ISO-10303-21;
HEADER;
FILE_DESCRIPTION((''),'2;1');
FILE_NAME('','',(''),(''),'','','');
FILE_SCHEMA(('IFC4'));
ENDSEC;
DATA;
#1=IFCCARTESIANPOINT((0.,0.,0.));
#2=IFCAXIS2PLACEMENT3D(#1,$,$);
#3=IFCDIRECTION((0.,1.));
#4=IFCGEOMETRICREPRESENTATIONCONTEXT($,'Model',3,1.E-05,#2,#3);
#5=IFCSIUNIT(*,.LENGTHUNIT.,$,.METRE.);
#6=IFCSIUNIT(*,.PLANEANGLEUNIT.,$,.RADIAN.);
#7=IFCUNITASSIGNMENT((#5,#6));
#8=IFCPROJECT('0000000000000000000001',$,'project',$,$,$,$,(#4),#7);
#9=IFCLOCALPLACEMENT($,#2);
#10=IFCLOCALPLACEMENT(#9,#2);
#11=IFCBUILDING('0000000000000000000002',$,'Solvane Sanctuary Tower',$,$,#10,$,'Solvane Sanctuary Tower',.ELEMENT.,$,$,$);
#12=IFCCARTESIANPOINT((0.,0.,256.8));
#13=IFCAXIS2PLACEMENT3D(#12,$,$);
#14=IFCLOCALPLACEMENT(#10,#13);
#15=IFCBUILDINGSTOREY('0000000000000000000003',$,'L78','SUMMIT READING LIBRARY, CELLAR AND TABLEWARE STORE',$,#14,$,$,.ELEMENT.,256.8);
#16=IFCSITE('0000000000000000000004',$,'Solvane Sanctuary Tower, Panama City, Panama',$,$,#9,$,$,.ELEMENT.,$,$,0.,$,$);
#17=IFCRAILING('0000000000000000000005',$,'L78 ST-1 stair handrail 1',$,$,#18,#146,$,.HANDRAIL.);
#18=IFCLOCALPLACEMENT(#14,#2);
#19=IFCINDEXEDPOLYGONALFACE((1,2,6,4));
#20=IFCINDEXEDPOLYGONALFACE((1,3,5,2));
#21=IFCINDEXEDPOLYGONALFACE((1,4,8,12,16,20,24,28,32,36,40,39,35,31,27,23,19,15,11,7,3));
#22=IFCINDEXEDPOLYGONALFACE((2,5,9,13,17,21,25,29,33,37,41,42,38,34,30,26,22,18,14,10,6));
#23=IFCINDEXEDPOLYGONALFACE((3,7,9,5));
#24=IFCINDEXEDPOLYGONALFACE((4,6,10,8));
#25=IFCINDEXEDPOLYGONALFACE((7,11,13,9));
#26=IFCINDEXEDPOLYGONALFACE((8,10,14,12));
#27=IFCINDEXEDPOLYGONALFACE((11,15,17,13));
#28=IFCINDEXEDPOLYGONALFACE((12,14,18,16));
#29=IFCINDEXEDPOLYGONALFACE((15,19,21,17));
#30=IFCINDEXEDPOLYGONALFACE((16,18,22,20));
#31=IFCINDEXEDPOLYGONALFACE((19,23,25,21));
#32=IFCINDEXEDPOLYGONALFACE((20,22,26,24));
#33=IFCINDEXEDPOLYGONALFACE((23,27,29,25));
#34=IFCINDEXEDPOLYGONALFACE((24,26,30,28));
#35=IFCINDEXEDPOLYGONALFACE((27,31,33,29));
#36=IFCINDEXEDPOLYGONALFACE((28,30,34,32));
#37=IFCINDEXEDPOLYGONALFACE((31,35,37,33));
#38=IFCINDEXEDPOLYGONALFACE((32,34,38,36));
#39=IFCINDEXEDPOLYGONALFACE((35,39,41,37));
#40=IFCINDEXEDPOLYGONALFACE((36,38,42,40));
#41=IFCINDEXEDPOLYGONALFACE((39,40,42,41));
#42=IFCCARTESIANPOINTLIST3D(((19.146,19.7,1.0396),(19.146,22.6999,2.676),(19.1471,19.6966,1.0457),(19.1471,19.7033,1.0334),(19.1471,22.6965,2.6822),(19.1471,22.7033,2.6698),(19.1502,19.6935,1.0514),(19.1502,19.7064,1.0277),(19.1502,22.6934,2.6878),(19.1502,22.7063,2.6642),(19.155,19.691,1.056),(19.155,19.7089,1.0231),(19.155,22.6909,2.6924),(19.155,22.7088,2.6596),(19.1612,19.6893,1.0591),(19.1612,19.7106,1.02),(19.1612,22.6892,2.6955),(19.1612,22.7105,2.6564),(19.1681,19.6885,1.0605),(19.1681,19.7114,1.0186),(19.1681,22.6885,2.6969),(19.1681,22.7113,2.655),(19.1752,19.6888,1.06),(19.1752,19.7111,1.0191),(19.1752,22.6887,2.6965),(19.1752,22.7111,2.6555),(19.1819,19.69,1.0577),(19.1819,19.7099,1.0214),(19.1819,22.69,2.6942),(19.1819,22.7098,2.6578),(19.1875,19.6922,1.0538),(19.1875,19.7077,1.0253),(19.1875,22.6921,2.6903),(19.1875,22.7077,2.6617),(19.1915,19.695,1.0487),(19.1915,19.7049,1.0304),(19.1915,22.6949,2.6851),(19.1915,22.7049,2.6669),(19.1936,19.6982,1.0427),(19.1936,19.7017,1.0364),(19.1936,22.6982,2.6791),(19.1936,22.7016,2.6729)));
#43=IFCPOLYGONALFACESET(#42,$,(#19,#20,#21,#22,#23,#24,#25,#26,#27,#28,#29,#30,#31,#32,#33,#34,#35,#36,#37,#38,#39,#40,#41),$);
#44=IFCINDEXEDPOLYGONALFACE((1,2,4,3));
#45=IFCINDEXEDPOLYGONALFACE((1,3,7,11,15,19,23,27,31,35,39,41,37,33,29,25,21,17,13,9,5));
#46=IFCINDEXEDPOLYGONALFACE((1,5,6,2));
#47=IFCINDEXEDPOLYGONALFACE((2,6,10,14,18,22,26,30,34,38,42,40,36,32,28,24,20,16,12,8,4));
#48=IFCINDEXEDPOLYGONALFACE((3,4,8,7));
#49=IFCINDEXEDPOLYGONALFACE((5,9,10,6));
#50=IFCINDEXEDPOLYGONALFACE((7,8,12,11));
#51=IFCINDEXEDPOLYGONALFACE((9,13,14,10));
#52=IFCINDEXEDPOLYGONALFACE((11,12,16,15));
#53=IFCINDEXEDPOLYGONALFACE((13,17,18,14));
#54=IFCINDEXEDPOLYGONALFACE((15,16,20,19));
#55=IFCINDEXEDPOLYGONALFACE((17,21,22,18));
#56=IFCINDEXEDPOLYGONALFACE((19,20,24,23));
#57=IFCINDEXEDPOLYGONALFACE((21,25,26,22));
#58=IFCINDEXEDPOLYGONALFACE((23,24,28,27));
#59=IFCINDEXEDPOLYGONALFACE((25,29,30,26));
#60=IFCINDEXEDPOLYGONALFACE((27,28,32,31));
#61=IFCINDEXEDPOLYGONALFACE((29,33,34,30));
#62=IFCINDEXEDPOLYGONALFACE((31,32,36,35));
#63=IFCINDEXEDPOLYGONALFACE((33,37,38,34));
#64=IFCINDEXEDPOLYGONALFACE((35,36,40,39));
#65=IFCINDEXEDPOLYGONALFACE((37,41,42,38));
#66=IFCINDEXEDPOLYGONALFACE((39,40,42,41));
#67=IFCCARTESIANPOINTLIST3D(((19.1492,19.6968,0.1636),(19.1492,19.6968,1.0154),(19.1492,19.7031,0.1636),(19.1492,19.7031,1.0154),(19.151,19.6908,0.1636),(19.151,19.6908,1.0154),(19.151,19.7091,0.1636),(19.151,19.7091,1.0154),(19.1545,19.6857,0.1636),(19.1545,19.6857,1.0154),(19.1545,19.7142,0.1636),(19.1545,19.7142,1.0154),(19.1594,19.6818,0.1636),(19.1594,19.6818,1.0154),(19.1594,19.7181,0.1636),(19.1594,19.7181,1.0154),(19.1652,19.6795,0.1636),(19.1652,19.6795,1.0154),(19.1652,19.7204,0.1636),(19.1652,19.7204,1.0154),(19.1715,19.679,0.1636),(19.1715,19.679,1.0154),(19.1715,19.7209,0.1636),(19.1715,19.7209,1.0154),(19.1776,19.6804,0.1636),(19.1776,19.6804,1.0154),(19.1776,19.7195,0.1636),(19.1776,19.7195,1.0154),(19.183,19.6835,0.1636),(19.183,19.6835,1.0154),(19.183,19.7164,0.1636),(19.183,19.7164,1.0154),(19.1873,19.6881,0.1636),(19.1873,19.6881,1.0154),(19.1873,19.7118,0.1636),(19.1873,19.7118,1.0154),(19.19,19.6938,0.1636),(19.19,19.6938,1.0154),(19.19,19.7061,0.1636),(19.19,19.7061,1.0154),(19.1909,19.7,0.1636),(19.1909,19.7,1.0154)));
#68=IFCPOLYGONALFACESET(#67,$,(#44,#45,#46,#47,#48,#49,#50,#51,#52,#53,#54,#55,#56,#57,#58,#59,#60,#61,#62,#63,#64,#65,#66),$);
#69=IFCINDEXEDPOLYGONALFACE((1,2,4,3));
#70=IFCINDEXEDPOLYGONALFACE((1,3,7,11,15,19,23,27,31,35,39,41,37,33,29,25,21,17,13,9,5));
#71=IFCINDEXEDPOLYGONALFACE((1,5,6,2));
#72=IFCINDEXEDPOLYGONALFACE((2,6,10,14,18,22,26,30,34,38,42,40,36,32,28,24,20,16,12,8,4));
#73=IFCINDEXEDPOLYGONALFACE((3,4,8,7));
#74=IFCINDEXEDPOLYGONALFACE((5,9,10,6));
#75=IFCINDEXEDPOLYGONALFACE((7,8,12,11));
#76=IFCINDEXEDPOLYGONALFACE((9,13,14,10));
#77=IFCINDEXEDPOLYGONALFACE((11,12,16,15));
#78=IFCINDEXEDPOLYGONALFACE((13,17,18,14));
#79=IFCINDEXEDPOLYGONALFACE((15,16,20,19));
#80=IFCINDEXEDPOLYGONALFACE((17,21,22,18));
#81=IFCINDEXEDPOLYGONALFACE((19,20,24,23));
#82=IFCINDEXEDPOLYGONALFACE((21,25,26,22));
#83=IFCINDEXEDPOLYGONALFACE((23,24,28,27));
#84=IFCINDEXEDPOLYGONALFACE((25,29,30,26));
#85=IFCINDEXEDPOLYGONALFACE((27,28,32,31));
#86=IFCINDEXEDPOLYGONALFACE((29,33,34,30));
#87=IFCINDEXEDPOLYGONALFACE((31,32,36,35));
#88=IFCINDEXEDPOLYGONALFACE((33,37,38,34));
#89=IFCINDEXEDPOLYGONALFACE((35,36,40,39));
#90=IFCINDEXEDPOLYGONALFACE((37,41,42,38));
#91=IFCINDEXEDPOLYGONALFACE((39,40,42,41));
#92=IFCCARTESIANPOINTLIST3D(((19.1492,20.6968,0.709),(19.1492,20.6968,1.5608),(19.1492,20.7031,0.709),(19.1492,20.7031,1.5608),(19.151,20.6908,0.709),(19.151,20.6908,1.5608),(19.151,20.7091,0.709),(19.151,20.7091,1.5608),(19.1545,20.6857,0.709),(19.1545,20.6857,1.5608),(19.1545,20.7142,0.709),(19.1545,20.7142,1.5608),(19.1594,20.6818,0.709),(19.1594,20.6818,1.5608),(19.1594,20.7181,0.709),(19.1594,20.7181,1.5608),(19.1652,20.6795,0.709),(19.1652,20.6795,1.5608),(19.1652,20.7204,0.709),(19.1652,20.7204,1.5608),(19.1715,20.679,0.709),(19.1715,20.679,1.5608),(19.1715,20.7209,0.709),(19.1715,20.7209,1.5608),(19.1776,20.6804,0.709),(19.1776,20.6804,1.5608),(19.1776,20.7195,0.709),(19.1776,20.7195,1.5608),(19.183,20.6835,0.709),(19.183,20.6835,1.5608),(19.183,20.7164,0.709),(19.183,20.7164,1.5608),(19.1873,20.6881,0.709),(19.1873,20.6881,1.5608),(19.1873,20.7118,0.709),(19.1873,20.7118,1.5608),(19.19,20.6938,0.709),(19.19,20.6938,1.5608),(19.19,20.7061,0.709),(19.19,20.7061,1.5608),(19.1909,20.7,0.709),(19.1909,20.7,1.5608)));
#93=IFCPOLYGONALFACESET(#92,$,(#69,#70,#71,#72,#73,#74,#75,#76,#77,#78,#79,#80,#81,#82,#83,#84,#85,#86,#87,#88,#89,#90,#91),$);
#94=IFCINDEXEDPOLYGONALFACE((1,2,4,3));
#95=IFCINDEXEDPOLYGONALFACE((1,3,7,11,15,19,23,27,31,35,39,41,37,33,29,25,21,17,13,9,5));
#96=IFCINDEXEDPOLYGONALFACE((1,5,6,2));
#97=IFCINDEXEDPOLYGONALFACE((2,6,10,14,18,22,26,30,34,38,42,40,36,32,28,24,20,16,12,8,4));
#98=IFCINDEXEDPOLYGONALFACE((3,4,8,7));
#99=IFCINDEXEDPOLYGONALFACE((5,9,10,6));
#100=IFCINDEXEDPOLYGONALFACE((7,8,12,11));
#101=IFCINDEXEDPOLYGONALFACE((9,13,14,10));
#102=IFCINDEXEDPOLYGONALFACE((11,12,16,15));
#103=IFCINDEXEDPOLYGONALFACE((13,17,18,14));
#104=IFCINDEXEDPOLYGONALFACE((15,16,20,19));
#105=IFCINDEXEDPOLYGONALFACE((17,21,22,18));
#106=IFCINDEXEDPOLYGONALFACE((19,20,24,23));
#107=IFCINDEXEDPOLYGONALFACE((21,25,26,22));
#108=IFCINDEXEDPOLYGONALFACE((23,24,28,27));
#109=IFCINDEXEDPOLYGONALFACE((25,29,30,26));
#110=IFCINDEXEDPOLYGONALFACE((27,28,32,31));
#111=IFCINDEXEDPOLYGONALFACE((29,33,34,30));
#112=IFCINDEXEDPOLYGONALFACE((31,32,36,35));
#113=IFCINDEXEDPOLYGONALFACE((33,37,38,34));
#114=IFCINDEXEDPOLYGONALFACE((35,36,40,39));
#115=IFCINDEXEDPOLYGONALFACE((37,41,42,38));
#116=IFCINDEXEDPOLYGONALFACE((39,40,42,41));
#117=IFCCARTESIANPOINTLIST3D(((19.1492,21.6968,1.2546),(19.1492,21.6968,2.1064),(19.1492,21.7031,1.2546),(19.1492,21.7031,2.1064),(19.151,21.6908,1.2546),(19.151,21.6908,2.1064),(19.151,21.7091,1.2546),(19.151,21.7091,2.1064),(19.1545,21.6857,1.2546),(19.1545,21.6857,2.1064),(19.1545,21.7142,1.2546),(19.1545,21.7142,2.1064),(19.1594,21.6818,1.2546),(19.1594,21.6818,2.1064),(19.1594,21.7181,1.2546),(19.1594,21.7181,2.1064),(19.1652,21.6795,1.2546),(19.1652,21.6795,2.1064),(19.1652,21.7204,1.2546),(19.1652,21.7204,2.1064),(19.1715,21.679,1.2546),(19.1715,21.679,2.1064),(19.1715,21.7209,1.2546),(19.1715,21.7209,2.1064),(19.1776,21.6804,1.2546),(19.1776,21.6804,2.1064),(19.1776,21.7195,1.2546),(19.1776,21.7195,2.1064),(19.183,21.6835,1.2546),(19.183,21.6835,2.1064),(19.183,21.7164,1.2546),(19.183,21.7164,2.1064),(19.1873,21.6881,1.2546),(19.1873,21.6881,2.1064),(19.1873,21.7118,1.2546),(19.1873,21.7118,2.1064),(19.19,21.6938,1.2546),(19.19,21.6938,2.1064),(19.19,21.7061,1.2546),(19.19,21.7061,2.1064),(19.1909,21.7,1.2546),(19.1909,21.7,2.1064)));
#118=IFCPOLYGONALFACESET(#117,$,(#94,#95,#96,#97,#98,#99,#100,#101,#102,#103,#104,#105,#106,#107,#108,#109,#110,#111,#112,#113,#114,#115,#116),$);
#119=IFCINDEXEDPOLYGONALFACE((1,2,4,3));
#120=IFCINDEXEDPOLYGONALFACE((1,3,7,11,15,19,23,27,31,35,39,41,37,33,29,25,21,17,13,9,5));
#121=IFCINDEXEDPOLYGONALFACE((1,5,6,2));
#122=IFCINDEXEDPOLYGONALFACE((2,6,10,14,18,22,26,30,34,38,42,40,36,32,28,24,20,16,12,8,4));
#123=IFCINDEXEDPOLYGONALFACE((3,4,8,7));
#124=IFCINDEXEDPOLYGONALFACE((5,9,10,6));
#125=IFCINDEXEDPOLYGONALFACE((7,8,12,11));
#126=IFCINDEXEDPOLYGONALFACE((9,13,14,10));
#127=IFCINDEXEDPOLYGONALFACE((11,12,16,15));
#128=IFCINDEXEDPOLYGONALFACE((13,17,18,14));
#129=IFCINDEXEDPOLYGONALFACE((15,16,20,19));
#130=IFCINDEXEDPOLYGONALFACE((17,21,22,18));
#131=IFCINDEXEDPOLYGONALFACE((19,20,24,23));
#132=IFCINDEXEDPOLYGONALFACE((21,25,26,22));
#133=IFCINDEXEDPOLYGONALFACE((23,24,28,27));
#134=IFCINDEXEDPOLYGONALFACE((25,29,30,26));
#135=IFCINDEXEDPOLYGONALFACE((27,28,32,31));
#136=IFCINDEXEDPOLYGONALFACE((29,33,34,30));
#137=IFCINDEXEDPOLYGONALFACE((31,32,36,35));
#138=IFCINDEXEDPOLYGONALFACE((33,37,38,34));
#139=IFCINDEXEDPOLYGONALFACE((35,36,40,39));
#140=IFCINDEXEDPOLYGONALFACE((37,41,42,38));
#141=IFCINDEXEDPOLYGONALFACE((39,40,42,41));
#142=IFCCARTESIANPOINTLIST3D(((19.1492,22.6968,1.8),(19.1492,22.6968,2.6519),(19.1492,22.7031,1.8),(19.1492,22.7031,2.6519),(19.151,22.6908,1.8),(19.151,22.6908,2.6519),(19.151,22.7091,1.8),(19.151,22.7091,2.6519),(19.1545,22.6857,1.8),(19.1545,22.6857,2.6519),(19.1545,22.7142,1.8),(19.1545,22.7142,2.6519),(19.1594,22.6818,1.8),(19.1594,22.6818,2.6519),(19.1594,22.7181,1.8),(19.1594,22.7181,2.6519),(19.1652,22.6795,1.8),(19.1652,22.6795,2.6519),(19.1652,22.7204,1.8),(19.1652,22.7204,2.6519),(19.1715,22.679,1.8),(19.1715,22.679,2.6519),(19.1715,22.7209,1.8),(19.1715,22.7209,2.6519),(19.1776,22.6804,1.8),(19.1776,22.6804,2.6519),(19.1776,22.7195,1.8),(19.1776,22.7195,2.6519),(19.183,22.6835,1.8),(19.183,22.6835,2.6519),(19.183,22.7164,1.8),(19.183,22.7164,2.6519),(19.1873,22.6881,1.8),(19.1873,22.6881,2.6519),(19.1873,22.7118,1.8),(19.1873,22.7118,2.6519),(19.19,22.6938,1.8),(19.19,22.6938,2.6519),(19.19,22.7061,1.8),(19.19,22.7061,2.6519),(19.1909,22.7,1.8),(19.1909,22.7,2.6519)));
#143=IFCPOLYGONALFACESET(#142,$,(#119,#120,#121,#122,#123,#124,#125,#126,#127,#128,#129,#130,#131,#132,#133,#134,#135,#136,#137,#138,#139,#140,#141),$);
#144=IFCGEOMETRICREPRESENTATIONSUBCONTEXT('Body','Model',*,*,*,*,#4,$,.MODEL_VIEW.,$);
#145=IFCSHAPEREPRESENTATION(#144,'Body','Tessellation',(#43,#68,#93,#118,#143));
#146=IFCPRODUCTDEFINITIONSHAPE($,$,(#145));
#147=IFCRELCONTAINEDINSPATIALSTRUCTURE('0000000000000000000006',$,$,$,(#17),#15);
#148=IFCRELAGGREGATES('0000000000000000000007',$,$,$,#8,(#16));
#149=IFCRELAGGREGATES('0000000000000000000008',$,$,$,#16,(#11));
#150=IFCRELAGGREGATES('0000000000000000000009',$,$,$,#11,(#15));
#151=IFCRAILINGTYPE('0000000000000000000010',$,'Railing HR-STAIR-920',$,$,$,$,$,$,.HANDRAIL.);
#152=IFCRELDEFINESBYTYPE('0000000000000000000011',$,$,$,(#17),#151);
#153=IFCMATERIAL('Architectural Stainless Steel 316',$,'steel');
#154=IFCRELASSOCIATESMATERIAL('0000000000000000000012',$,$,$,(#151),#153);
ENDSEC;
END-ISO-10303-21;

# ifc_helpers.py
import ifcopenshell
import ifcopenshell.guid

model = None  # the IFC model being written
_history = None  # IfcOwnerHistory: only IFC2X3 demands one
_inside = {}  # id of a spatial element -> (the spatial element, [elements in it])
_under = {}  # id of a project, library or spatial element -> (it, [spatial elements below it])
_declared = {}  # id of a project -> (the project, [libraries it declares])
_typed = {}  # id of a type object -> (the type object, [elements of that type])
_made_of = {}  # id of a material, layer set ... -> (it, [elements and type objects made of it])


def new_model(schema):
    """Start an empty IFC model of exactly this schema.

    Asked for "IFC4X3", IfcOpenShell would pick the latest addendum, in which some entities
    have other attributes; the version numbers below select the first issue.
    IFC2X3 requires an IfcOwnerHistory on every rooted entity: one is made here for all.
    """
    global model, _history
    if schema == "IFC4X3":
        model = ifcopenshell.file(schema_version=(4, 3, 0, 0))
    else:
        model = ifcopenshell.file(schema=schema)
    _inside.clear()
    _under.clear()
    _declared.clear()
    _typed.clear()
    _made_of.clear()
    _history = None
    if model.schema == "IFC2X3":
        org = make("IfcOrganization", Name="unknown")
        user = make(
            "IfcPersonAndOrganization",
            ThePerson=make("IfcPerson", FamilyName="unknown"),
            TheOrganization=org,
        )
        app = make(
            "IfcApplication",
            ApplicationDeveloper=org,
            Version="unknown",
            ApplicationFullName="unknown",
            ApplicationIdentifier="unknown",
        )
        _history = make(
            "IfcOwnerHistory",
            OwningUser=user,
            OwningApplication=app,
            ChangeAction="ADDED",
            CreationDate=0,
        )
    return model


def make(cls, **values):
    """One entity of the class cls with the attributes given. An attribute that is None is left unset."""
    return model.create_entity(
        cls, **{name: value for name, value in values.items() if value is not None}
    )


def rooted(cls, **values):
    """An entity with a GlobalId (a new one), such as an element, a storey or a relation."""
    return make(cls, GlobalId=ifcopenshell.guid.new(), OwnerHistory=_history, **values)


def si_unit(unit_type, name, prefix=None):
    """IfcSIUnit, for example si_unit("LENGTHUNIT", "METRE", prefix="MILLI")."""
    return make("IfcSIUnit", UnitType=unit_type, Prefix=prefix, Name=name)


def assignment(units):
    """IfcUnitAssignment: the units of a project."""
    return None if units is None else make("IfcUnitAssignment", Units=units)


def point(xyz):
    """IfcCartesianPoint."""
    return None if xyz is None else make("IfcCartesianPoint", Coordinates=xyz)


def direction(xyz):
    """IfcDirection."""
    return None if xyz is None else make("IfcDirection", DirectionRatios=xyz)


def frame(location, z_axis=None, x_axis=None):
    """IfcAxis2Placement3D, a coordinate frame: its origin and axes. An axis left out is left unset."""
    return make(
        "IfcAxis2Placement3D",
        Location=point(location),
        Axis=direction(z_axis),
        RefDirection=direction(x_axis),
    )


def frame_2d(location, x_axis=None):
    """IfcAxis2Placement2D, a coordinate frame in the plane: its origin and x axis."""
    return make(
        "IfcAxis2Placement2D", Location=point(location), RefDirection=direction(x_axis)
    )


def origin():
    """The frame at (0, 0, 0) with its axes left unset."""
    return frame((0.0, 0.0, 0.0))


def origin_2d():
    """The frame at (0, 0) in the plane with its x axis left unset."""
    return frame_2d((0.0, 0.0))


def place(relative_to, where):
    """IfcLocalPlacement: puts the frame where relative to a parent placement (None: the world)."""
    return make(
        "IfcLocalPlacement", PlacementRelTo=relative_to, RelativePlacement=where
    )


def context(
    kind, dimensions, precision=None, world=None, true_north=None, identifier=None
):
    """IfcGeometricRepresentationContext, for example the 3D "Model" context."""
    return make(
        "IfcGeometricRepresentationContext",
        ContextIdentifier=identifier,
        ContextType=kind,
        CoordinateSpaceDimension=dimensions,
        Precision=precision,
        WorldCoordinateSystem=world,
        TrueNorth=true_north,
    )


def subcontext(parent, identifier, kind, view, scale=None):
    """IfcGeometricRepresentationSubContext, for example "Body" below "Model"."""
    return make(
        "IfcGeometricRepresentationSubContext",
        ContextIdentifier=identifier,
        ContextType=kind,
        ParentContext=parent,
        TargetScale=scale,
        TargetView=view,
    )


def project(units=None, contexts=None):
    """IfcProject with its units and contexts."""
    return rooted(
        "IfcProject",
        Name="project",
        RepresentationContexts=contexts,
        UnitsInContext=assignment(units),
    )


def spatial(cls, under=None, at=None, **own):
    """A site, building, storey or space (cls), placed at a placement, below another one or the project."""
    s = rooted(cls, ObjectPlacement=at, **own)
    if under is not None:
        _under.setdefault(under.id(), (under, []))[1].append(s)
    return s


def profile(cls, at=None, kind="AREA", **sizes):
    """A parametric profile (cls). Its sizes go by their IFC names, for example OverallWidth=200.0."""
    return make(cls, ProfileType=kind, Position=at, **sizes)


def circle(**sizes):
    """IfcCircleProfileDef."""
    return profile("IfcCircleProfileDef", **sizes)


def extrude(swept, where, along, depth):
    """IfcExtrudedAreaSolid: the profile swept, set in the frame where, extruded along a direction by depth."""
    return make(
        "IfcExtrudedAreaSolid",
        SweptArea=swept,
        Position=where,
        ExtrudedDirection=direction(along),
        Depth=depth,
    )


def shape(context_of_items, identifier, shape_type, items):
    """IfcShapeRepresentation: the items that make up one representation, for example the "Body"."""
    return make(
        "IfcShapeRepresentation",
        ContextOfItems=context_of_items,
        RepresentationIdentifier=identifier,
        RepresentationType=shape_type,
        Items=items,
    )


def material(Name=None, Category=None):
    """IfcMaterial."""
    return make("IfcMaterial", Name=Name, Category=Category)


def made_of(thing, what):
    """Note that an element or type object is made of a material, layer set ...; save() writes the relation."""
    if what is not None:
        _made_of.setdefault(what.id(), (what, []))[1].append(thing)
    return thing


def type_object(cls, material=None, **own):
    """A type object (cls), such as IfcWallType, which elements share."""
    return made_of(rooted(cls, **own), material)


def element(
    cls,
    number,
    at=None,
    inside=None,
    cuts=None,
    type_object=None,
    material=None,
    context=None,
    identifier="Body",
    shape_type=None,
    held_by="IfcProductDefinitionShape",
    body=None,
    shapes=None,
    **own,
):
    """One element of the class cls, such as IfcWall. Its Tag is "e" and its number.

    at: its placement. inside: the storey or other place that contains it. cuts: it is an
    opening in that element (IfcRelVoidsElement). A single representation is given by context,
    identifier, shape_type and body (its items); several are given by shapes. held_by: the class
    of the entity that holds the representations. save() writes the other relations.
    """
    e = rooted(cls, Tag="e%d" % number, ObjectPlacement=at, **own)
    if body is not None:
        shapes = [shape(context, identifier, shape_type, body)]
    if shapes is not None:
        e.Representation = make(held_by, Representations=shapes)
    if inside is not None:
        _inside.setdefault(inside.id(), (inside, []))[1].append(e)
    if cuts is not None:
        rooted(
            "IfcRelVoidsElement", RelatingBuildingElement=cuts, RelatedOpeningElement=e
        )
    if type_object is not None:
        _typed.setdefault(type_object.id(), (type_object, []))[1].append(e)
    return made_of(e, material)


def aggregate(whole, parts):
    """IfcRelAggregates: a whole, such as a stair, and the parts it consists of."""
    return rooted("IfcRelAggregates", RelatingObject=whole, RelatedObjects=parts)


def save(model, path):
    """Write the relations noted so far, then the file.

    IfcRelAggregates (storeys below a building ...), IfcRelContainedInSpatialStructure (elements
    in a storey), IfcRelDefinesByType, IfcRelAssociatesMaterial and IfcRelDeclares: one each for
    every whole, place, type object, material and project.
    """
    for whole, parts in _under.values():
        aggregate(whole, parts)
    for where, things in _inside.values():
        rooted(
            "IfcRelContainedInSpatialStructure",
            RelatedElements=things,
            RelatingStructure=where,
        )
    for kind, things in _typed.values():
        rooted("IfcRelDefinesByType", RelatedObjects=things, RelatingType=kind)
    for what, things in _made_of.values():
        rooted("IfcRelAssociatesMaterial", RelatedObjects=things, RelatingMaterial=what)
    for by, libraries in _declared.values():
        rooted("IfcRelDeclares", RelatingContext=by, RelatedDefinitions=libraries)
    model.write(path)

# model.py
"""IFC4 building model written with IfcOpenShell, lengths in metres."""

from ifc_helpers import new_model, si_unit, direction, frame, origin, origin_2d, place, context, subcontext, project, spatial, circle, extrude, material, type_object, element, save


model = new_model("IFC4")

# Units and contexts
model_context = context("Model", 3, precision=1e-05, world=origin(), true_north=direction((0.0, 1.0)))
body_context = subcontext(model_context, "Body", "Model", "MODEL_VIEW")
ifc_project = project(units=[si_unit("LENGTHUNIT", "METRE"), si_unit("PLANEANGLEUNIT", "RADIAN")], contexts=[model_context])

# Site, building, storey
site_placement = place(None, origin())
site = spatial("IfcSite", under=ifc_project, at=site_placement, Name="Solvane Sanctuary Tower, Panama City, Panama", CompositionType="ELEMENT", RefElevation=0.0)
building_placement = place(site_placement, origin())
building = spatial("IfcBuilding", under=site, at=building_placement, Name="Solvane Sanctuary Tower", LongName="Solvane Sanctuary Tower", CompositionType="ELEMENT")
storey_placement = place(building_placement, frame((0.0, 0.0, 256.8)))
storey = spatial("IfcBuildingStorey", under=building, at=storey_placement, Name="L78", Description="SUMMIT READING LIBRARY, CELLAR AND TABLEWARE STORE", CompositionType="ELEMENT", Elevation=256.8)

# Shared definitions
ifc_material_1 = material(Name="Architectural Stainless Steel 316", Category="steel")

# Railing
railing_type_1 = type_object("IfcRailingType", Name="Railing HR-STAIR-920", PredefinedType="HANDRAIL", material=ifc_material_1)
railing_1_placement = place(storey_placement, frame((19.1699, 19.7, 0.1636)))
element("IfcRailing", 1, at=railing_1_placement, inside=storey, type_object=railing_type_1, Name="L78 ST-1 stair handrail 1", PredefinedType="HANDRAIL", context=body_context, shape_type="SweptSolid", body=[
    extrude(circle(Radius=0.0239, at=origin_2d()), frame((0.0, 0.0, 0.876), z_axis=(0.0, 0.877882, 0.478877), x_axis=(-1.0, 0.0, 0.0)), (0.0, 0.0, 1.0), 3.4172),
    extrude(circle(Radius=0.021, at=origin_2d()), origin(), (0.0, 0.0, 1.0), 0.8518),
    extrude(circle(Radius=0.021, at=origin_2d()), frame((0.0, 1.0, 0.5454)), (0.0, 0.0, 1.0), 0.8518),
    extrude(circle(Radius=0.021, at=origin_2d()), frame((0.0, 2.0, 1.0911)), (0.0, 0.0, 1.0), 0.8518),
    extrude(circle(Radius=0.021, at=origin_2d()), frame((0.0, 3.0, 1.6365)), (0.0, 0.0, 1.0), 0.8518),
])

save(model, "model.ifc")
